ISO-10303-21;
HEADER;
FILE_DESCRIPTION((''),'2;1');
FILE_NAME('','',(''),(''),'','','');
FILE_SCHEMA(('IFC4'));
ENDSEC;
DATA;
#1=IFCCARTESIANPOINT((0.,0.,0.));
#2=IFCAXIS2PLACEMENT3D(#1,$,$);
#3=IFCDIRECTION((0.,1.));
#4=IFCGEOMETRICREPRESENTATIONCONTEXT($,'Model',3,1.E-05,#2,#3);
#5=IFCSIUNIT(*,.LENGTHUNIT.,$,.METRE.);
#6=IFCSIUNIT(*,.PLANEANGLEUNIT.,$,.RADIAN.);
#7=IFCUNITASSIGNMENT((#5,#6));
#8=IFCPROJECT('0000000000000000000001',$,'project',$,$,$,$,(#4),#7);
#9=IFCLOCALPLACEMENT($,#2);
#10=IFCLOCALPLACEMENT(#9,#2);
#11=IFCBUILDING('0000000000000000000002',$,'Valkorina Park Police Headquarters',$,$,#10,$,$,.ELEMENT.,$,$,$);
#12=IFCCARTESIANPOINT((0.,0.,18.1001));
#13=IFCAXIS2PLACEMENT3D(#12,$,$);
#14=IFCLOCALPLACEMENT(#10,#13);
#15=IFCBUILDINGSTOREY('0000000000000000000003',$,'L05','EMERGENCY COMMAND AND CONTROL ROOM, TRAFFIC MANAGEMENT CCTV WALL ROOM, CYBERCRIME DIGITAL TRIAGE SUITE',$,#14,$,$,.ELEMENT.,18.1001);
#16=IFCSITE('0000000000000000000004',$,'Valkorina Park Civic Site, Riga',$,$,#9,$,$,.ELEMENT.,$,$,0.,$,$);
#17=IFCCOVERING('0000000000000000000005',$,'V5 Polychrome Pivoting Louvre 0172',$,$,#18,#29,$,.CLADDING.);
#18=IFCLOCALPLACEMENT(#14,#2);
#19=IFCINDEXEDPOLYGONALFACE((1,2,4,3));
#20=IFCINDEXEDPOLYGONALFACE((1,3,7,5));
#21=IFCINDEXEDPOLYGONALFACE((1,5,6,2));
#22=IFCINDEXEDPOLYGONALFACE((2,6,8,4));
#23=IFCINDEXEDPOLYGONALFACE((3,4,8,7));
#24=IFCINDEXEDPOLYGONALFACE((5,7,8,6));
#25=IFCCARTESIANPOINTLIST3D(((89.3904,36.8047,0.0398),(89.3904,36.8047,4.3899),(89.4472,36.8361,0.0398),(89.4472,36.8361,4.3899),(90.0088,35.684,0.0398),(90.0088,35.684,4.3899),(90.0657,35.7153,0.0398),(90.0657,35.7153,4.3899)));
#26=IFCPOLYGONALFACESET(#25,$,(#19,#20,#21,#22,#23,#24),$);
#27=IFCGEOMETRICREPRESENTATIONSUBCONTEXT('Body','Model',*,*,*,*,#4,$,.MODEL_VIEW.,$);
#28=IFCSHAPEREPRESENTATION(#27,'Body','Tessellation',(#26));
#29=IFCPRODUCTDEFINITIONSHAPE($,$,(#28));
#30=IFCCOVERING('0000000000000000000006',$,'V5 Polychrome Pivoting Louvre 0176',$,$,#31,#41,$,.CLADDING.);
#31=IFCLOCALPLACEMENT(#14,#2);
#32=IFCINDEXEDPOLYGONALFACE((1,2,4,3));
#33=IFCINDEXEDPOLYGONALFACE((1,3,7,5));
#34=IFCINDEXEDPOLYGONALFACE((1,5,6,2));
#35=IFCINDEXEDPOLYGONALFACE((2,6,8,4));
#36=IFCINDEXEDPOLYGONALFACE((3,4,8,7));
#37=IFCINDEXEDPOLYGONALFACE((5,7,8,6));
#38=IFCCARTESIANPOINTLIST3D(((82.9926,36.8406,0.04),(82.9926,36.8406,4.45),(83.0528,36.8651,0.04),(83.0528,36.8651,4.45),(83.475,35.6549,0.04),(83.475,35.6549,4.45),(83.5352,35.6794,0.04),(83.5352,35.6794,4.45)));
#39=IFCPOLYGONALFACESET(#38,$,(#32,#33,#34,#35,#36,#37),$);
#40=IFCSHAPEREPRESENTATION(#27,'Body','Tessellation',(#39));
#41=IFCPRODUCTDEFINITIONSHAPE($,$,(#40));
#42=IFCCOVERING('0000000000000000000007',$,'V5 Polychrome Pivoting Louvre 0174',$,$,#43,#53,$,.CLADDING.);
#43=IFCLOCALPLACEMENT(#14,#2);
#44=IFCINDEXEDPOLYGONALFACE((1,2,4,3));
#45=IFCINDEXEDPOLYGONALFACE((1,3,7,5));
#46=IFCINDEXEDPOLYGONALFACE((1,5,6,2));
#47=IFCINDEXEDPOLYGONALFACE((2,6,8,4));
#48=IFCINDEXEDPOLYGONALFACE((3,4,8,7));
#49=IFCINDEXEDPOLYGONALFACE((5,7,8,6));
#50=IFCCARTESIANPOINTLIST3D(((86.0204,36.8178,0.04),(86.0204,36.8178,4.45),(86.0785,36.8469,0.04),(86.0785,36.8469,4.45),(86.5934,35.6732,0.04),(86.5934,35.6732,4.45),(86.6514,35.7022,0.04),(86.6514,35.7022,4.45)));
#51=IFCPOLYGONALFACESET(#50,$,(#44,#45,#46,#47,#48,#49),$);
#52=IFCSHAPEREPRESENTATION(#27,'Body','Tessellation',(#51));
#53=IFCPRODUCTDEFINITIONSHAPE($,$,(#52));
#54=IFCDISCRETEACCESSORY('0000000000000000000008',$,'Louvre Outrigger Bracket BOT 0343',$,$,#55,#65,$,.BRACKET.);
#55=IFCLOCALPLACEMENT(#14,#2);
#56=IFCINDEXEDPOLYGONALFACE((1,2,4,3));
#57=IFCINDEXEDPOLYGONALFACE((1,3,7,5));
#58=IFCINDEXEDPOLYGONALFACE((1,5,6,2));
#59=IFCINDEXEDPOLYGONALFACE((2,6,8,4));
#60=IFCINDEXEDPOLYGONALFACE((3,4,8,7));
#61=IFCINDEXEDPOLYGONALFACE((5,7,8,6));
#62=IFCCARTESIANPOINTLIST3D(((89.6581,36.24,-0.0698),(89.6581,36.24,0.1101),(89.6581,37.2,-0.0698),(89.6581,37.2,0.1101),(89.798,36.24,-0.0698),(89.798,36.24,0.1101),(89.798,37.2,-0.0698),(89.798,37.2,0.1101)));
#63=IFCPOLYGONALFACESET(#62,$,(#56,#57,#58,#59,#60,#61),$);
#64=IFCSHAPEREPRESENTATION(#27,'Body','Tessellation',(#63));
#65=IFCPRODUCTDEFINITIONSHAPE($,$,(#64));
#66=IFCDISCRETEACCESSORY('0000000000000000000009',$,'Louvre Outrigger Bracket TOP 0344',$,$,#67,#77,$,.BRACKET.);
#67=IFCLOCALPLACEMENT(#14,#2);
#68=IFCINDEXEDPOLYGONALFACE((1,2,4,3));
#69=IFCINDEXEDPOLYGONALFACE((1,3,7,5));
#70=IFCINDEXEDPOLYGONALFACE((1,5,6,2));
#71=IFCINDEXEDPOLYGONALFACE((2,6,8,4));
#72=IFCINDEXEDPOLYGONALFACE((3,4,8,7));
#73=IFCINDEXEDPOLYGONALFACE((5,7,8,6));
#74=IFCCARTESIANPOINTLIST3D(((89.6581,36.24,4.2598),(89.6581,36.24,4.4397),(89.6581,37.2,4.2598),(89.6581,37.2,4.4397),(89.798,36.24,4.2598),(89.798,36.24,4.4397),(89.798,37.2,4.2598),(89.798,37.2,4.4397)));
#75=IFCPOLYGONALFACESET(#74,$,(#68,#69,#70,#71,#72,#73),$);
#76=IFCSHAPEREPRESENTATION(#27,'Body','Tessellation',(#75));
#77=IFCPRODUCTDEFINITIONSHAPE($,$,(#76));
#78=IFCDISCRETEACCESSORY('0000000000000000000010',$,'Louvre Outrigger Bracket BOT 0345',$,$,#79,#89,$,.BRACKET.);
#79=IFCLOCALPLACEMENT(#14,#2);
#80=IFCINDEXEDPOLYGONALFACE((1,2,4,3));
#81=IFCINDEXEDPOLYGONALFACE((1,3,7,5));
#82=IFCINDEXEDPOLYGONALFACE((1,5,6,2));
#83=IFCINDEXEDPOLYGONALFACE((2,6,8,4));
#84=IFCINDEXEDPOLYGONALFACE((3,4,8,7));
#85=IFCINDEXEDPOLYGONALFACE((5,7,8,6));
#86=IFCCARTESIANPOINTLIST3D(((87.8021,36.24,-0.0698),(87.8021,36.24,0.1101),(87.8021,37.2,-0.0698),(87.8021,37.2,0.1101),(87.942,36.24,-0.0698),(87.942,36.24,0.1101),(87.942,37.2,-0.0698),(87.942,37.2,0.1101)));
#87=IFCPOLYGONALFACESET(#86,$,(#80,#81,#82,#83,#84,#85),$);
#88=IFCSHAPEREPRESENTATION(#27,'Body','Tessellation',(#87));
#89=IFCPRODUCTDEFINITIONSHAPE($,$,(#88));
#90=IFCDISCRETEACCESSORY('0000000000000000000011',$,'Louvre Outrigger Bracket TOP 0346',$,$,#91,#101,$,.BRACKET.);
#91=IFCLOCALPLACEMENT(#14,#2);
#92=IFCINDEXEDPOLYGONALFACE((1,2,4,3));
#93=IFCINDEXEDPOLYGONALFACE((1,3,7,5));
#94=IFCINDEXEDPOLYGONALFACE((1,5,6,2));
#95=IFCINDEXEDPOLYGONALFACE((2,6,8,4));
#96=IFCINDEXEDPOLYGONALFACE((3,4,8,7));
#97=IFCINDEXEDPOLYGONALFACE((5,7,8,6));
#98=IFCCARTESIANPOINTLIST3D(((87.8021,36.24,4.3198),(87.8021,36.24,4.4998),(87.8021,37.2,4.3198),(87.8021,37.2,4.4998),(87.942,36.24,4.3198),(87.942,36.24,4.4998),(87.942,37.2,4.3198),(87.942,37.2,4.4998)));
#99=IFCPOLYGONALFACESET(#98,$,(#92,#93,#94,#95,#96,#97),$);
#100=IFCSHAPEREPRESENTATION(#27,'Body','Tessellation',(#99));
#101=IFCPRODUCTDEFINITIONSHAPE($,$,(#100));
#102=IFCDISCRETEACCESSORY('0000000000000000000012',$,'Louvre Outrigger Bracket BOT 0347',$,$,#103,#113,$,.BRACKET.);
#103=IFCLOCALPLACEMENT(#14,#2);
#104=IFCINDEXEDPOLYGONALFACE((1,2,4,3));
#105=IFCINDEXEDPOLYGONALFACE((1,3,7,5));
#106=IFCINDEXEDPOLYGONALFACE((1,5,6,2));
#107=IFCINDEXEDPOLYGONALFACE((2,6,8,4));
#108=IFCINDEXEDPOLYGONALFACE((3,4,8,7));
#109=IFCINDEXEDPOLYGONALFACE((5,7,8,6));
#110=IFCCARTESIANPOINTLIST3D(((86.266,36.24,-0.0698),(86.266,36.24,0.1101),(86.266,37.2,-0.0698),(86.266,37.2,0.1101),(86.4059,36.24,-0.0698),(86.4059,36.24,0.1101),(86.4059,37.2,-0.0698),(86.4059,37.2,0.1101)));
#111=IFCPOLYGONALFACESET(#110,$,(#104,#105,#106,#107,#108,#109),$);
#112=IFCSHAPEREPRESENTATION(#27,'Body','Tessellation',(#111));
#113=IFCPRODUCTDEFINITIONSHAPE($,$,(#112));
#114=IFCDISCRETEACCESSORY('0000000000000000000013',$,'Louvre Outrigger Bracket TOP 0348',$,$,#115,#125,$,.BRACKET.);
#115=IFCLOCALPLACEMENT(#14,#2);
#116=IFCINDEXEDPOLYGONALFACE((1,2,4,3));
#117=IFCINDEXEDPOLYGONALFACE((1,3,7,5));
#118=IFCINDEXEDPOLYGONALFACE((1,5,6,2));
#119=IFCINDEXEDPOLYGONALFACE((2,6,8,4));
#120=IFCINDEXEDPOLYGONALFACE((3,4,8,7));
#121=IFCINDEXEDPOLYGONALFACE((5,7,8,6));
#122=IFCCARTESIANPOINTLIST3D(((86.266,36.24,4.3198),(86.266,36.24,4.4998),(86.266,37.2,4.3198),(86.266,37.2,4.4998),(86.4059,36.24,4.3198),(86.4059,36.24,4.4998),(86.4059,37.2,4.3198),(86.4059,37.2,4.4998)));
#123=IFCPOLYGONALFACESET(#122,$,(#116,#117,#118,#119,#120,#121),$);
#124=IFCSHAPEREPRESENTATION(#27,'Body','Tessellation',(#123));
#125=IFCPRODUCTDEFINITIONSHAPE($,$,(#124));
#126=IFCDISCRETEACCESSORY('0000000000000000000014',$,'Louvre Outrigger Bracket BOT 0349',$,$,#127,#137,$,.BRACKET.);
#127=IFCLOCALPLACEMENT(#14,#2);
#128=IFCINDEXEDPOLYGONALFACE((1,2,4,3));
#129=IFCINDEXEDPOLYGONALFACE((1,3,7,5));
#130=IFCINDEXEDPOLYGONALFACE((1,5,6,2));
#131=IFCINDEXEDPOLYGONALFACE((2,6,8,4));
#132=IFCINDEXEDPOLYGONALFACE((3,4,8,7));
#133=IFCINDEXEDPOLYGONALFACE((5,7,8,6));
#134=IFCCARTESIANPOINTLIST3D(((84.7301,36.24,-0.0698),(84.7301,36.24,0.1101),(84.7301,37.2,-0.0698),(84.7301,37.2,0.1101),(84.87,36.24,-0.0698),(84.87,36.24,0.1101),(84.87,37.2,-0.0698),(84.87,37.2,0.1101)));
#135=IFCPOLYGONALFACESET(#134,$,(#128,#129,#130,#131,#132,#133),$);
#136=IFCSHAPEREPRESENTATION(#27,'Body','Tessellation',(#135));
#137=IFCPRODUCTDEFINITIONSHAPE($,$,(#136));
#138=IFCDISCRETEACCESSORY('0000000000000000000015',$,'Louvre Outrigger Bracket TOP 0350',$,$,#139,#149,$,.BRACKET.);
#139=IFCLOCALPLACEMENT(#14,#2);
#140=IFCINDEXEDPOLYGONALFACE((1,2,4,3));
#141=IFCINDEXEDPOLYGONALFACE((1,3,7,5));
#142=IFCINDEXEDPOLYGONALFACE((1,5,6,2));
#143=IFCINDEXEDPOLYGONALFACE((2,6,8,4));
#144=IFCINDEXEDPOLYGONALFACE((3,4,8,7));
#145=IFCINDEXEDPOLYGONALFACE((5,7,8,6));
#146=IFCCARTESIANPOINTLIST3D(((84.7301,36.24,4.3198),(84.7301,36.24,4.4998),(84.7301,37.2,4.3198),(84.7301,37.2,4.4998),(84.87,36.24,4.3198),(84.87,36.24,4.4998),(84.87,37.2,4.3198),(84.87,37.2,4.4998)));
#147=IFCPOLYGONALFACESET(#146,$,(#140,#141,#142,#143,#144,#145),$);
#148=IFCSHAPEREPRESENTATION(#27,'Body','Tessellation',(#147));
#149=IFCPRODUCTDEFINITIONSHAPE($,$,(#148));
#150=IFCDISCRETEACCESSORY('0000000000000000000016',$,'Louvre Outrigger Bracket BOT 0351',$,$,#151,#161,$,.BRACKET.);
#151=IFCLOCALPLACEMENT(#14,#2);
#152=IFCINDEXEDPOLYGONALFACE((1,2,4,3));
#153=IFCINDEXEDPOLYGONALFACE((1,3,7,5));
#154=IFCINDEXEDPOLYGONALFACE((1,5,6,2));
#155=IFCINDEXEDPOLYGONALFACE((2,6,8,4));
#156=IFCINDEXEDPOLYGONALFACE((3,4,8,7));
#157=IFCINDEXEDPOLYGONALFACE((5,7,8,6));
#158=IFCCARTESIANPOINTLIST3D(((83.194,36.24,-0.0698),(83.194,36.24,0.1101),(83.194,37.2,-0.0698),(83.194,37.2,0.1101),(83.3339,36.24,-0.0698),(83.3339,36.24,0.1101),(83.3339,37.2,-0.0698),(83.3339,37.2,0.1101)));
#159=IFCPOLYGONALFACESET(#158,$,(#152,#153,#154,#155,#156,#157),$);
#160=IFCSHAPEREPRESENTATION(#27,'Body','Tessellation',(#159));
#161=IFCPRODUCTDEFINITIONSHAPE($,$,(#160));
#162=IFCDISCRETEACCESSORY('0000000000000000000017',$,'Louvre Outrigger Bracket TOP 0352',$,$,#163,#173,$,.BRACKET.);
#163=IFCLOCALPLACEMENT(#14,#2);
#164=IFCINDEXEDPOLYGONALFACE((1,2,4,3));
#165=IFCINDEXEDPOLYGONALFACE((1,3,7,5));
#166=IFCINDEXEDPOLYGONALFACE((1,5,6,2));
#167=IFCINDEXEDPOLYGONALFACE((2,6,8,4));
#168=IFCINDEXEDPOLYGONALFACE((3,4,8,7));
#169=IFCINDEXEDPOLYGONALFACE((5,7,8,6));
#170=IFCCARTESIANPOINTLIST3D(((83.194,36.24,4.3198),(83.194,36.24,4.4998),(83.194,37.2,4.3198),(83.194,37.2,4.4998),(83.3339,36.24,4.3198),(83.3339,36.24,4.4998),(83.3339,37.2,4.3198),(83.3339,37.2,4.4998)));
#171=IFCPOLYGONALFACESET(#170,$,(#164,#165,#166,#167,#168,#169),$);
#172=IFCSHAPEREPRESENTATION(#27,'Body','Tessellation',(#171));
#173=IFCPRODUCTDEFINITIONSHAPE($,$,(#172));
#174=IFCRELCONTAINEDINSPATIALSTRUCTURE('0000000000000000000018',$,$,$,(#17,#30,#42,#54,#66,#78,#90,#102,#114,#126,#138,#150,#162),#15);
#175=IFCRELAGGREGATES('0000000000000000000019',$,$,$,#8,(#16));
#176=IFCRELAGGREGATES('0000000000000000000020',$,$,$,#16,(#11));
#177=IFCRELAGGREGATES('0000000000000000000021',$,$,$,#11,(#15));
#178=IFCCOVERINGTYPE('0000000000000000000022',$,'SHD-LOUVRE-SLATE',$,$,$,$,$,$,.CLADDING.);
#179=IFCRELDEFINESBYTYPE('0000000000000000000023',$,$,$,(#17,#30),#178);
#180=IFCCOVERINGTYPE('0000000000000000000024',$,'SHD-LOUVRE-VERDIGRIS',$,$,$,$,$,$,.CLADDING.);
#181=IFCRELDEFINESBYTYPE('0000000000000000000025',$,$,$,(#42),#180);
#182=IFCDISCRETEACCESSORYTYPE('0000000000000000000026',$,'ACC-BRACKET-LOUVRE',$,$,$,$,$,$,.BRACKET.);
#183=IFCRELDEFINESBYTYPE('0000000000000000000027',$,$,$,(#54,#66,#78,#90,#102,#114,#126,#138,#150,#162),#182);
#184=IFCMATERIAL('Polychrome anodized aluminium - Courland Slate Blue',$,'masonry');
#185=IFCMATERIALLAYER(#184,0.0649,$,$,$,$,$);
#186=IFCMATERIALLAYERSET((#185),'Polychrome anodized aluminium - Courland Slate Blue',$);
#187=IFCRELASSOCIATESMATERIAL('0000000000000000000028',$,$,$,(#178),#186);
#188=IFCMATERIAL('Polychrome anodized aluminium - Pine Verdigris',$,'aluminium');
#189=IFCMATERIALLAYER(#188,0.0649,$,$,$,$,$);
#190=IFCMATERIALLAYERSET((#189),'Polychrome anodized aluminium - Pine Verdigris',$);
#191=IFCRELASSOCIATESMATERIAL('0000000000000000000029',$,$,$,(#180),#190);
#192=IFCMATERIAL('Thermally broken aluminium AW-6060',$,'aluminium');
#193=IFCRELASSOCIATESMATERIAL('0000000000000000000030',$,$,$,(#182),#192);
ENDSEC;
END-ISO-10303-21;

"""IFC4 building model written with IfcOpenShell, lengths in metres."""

from ifc_helpers import new_model, si_unit, direction, frame, origin, origin_2d, place, context, subcontext, project, spatial, rectangle, extrude, material, layer, layer_set, type_object, element, save


model = new_model("IFC4")

# Units and contexts
model_context = context("Model", 3, precision=1e-05, world=origin(), true_north=direction((0.0, 1.0)))
body_context = subcontext(model_context, "Body", "Model", "MODEL_VIEW")
ifc_project = project(units=[si_unit("LENGTHUNIT", "METRE"), si_unit("PLANEANGLEUNIT", "RADIAN")], contexts=[model_context])

# Site, building, storey
site_placement = place(None, origin())
site = spatial("IfcSite", under=ifc_project, at=site_placement, Name="Valkorina Park Civic Site, Riga", CompositionType="ELEMENT", RefElevation=0.0)
building_placement = place(site_placement, origin())
building = spatial("IfcBuilding", under=site, at=building_placement, Name="Valkorina Park Police Headquarters", CompositionType="ELEMENT")
storey_placement = place(building_placement, frame((0.0, 0.0, 18.1001)))
storey = spatial("IfcBuildingStorey", under=building, at=storey_placement, Name="L05", Description="EMERGENCY COMMAND AND CONTROL ROOM, TRAFFIC MANAGEMENT CCTV WALL ROOM, CYBERCRIME DIGITAL TRIAGE SUITE", CompositionType="ELEMENT", Elevation=18.1001)

# Shared definitions
ifc_material_1 = material(Name="Thermally broken aluminium AW-6060", Category="aluminium")

# Coverings
ifc_material_2 = material(Name="Polychrome anodized aluminium - Courland Slate Blue", Category="masonry")
ifc_layer_1 = layer(ifc_material_2, 0.0649)
ifc_layer_set_1 = layer_set([ifc_layer_1], Name="Polychrome anodized aluminium - Courland Slate Blue")
covering_type_1 = type_object("IfcCoveringType", Name="SHD-LOUVRE-SLATE", PredefinedType="CLADDING", material=ifc_layer_set_1)
covering_1_placement = place(storey_placement, frame((89.728, 36.26, 0.0398), z_axis=(0.0, 0.0, 1.0), x_axis=(0.48313, -0.875549, 0.0)))
element("IfcCovering", 1, at=covering_1_placement, inside=storey, type_object=covering_type_1, Name="V5 Polychrome Pivoting Louvre 0172", PredefinedType="CLADDING", context=body_context, shape_type="SweptSolid", body=[
    extrude(rectangle(XDim=1.28, YDim=0.0649, at=origin_2d()), origin(), (0.0, 0.0, 1.0), 4.3501),
])
covering_2_placement = place(storey_placement, frame((83.2639, 36.26, 0.04), z_axis=(0.0, 0.0, 1.0), x_axis=(0.376871, -0.926266, 0.0)))
element("IfcCovering", 2, at=covering_2_placement, inside=storey, type_object=covering_type_1, Name="V5 Polychrome Pivoting Louvre 0176", PredefinedType="CLADDING", context=body_context, shape_type="SweptSolid", body=[
    extrude(rectangle(XDim=1.28, YDim=0.0649, at=origin_2d()), origin(), (0.0, 0.0, 1.0), 4.4099),
])
ifc_material_3 = material(Name="Polychrome anodized aluminium - Pine Verdigris", Category="aluminium")
ifc_layer_2 = layer(ifc_material_3, 0.0649)
ifc_layer_set_2 = layer_set([ifc_layer_2], Name="Polychrome anodized aluminium - Pine Verdigris")
covering_type_2 = type_object("IfcCoveringType", Name="SHD-LOUVRE-VERDIGRIS", PredefinedType="CLADDING", material=ifc_layer_set_2)
covering_3_placement = place(storey_placement, frame((86.3359, 36.26, 0.04), z_axis=(0.0, 0.0, 1.0), x_axis=(0.447603, -0.894232, 0.0)))
element("IfcCovering", 3, at=covering_3_placement, inside=storey, type_object=covering_type_2, Name="V5 Polychrome Pivoting Louvre 0174", PredefinedType="CLADDING", context=body_context, shape_type="SweptSolid", body=[
    extrude(rectangle(XDim=1.28, YDim=0.0649, at=origin_2d()), origin(), (0.0, 0.0, 1.0), 4.4099),
])

# Discrete accessories
discrete_accessory_type = type_object("IfcDiscreteAccessoryType", Name="ACC-BRACKET-LOUVRE", PredefinedType="BRACKET", material=ifc_material_1)
for number, where, z_axis, x_axis, name in (
    (4, (89.728, 36.72, -0.0698), (0.0, 0.0, 1.0), (0.0, -1.0, 0.0), "Louvre Outrigger Bracket BOT 0343"),
    (5, (89.728, 36.72, 4.2598), (0.0, 0.0, 1.0), (0.0, -1.0, 0.0), "Louvre Outrigger Bracket TOP 0344"),
    (6, (87.8721, 36.72, -0.0698), (0.0, 0.0, 1.0), (0.0, -1.0, 0.0), "Louvre Outrigger Bracket BOT 0345"),
    (7, (87.8721, 36.72, 4.3198), (0.0, 0.0, 1.0), (0.0, -1.0, 0.0), "Louvre Outrigger Bracket TOP 0346"),
    (8, (86.3359, 36.72, -0.0698), (0.0, 0.0, 1.0), (0.0, -1.0, 0.0), "Louvre Outrigger Bracket BOT 0347"),
    (9, (86.3359, 36.72, 4.3198), (0.0, 0.0, 1.0), (0.0, -1.0, 0.0), "Louvre Outrigger Bracket TOP 0348"),
    (10, (84.8, 36.72, -0.0698), (0.0, 0.0, 1.0), (0.0, -1.0, 0.0), "Louvre Outrigger Bracket BOT 0349"),
    (11, (84.8, 36.72, 4.3198), (0.0, 0.0, 1.0), (0.0, -1.0, 0.0), "Louvre Outrigger Bracket TOP 0350"),
    (12, (83.2639, 36.72, -0.0698), (0.0, 0.0, 1.0), (0.0, -1.0, 0.0), "Louvre Outrigger Bracket BOT 0351"),
    (13, (83.2639, 36.72, 4.3198), (0.0, 0.0, 1.0), (0.0, -1.0, 0.0), "Louvre Outrigger Bracket TOP 0352"),
):
    element("IfcDiscreteAccessory", number, at=place(storey_placement, frame(where, z_axis=z_axis, x_axis=x_axis)), inside=storey, type_object=discrete_accessory_type, Name=name, PredefinedType="BRACKET", context=body_context, shape_type="SweptSolid", body=[
        extrude(rectangle(XDim=0.96, YDim=0.1399, at=origin_2d()), origin(), (0.0, 0.0, 1.0), 0.1799),
    ])

save(model, "model.ifc")
